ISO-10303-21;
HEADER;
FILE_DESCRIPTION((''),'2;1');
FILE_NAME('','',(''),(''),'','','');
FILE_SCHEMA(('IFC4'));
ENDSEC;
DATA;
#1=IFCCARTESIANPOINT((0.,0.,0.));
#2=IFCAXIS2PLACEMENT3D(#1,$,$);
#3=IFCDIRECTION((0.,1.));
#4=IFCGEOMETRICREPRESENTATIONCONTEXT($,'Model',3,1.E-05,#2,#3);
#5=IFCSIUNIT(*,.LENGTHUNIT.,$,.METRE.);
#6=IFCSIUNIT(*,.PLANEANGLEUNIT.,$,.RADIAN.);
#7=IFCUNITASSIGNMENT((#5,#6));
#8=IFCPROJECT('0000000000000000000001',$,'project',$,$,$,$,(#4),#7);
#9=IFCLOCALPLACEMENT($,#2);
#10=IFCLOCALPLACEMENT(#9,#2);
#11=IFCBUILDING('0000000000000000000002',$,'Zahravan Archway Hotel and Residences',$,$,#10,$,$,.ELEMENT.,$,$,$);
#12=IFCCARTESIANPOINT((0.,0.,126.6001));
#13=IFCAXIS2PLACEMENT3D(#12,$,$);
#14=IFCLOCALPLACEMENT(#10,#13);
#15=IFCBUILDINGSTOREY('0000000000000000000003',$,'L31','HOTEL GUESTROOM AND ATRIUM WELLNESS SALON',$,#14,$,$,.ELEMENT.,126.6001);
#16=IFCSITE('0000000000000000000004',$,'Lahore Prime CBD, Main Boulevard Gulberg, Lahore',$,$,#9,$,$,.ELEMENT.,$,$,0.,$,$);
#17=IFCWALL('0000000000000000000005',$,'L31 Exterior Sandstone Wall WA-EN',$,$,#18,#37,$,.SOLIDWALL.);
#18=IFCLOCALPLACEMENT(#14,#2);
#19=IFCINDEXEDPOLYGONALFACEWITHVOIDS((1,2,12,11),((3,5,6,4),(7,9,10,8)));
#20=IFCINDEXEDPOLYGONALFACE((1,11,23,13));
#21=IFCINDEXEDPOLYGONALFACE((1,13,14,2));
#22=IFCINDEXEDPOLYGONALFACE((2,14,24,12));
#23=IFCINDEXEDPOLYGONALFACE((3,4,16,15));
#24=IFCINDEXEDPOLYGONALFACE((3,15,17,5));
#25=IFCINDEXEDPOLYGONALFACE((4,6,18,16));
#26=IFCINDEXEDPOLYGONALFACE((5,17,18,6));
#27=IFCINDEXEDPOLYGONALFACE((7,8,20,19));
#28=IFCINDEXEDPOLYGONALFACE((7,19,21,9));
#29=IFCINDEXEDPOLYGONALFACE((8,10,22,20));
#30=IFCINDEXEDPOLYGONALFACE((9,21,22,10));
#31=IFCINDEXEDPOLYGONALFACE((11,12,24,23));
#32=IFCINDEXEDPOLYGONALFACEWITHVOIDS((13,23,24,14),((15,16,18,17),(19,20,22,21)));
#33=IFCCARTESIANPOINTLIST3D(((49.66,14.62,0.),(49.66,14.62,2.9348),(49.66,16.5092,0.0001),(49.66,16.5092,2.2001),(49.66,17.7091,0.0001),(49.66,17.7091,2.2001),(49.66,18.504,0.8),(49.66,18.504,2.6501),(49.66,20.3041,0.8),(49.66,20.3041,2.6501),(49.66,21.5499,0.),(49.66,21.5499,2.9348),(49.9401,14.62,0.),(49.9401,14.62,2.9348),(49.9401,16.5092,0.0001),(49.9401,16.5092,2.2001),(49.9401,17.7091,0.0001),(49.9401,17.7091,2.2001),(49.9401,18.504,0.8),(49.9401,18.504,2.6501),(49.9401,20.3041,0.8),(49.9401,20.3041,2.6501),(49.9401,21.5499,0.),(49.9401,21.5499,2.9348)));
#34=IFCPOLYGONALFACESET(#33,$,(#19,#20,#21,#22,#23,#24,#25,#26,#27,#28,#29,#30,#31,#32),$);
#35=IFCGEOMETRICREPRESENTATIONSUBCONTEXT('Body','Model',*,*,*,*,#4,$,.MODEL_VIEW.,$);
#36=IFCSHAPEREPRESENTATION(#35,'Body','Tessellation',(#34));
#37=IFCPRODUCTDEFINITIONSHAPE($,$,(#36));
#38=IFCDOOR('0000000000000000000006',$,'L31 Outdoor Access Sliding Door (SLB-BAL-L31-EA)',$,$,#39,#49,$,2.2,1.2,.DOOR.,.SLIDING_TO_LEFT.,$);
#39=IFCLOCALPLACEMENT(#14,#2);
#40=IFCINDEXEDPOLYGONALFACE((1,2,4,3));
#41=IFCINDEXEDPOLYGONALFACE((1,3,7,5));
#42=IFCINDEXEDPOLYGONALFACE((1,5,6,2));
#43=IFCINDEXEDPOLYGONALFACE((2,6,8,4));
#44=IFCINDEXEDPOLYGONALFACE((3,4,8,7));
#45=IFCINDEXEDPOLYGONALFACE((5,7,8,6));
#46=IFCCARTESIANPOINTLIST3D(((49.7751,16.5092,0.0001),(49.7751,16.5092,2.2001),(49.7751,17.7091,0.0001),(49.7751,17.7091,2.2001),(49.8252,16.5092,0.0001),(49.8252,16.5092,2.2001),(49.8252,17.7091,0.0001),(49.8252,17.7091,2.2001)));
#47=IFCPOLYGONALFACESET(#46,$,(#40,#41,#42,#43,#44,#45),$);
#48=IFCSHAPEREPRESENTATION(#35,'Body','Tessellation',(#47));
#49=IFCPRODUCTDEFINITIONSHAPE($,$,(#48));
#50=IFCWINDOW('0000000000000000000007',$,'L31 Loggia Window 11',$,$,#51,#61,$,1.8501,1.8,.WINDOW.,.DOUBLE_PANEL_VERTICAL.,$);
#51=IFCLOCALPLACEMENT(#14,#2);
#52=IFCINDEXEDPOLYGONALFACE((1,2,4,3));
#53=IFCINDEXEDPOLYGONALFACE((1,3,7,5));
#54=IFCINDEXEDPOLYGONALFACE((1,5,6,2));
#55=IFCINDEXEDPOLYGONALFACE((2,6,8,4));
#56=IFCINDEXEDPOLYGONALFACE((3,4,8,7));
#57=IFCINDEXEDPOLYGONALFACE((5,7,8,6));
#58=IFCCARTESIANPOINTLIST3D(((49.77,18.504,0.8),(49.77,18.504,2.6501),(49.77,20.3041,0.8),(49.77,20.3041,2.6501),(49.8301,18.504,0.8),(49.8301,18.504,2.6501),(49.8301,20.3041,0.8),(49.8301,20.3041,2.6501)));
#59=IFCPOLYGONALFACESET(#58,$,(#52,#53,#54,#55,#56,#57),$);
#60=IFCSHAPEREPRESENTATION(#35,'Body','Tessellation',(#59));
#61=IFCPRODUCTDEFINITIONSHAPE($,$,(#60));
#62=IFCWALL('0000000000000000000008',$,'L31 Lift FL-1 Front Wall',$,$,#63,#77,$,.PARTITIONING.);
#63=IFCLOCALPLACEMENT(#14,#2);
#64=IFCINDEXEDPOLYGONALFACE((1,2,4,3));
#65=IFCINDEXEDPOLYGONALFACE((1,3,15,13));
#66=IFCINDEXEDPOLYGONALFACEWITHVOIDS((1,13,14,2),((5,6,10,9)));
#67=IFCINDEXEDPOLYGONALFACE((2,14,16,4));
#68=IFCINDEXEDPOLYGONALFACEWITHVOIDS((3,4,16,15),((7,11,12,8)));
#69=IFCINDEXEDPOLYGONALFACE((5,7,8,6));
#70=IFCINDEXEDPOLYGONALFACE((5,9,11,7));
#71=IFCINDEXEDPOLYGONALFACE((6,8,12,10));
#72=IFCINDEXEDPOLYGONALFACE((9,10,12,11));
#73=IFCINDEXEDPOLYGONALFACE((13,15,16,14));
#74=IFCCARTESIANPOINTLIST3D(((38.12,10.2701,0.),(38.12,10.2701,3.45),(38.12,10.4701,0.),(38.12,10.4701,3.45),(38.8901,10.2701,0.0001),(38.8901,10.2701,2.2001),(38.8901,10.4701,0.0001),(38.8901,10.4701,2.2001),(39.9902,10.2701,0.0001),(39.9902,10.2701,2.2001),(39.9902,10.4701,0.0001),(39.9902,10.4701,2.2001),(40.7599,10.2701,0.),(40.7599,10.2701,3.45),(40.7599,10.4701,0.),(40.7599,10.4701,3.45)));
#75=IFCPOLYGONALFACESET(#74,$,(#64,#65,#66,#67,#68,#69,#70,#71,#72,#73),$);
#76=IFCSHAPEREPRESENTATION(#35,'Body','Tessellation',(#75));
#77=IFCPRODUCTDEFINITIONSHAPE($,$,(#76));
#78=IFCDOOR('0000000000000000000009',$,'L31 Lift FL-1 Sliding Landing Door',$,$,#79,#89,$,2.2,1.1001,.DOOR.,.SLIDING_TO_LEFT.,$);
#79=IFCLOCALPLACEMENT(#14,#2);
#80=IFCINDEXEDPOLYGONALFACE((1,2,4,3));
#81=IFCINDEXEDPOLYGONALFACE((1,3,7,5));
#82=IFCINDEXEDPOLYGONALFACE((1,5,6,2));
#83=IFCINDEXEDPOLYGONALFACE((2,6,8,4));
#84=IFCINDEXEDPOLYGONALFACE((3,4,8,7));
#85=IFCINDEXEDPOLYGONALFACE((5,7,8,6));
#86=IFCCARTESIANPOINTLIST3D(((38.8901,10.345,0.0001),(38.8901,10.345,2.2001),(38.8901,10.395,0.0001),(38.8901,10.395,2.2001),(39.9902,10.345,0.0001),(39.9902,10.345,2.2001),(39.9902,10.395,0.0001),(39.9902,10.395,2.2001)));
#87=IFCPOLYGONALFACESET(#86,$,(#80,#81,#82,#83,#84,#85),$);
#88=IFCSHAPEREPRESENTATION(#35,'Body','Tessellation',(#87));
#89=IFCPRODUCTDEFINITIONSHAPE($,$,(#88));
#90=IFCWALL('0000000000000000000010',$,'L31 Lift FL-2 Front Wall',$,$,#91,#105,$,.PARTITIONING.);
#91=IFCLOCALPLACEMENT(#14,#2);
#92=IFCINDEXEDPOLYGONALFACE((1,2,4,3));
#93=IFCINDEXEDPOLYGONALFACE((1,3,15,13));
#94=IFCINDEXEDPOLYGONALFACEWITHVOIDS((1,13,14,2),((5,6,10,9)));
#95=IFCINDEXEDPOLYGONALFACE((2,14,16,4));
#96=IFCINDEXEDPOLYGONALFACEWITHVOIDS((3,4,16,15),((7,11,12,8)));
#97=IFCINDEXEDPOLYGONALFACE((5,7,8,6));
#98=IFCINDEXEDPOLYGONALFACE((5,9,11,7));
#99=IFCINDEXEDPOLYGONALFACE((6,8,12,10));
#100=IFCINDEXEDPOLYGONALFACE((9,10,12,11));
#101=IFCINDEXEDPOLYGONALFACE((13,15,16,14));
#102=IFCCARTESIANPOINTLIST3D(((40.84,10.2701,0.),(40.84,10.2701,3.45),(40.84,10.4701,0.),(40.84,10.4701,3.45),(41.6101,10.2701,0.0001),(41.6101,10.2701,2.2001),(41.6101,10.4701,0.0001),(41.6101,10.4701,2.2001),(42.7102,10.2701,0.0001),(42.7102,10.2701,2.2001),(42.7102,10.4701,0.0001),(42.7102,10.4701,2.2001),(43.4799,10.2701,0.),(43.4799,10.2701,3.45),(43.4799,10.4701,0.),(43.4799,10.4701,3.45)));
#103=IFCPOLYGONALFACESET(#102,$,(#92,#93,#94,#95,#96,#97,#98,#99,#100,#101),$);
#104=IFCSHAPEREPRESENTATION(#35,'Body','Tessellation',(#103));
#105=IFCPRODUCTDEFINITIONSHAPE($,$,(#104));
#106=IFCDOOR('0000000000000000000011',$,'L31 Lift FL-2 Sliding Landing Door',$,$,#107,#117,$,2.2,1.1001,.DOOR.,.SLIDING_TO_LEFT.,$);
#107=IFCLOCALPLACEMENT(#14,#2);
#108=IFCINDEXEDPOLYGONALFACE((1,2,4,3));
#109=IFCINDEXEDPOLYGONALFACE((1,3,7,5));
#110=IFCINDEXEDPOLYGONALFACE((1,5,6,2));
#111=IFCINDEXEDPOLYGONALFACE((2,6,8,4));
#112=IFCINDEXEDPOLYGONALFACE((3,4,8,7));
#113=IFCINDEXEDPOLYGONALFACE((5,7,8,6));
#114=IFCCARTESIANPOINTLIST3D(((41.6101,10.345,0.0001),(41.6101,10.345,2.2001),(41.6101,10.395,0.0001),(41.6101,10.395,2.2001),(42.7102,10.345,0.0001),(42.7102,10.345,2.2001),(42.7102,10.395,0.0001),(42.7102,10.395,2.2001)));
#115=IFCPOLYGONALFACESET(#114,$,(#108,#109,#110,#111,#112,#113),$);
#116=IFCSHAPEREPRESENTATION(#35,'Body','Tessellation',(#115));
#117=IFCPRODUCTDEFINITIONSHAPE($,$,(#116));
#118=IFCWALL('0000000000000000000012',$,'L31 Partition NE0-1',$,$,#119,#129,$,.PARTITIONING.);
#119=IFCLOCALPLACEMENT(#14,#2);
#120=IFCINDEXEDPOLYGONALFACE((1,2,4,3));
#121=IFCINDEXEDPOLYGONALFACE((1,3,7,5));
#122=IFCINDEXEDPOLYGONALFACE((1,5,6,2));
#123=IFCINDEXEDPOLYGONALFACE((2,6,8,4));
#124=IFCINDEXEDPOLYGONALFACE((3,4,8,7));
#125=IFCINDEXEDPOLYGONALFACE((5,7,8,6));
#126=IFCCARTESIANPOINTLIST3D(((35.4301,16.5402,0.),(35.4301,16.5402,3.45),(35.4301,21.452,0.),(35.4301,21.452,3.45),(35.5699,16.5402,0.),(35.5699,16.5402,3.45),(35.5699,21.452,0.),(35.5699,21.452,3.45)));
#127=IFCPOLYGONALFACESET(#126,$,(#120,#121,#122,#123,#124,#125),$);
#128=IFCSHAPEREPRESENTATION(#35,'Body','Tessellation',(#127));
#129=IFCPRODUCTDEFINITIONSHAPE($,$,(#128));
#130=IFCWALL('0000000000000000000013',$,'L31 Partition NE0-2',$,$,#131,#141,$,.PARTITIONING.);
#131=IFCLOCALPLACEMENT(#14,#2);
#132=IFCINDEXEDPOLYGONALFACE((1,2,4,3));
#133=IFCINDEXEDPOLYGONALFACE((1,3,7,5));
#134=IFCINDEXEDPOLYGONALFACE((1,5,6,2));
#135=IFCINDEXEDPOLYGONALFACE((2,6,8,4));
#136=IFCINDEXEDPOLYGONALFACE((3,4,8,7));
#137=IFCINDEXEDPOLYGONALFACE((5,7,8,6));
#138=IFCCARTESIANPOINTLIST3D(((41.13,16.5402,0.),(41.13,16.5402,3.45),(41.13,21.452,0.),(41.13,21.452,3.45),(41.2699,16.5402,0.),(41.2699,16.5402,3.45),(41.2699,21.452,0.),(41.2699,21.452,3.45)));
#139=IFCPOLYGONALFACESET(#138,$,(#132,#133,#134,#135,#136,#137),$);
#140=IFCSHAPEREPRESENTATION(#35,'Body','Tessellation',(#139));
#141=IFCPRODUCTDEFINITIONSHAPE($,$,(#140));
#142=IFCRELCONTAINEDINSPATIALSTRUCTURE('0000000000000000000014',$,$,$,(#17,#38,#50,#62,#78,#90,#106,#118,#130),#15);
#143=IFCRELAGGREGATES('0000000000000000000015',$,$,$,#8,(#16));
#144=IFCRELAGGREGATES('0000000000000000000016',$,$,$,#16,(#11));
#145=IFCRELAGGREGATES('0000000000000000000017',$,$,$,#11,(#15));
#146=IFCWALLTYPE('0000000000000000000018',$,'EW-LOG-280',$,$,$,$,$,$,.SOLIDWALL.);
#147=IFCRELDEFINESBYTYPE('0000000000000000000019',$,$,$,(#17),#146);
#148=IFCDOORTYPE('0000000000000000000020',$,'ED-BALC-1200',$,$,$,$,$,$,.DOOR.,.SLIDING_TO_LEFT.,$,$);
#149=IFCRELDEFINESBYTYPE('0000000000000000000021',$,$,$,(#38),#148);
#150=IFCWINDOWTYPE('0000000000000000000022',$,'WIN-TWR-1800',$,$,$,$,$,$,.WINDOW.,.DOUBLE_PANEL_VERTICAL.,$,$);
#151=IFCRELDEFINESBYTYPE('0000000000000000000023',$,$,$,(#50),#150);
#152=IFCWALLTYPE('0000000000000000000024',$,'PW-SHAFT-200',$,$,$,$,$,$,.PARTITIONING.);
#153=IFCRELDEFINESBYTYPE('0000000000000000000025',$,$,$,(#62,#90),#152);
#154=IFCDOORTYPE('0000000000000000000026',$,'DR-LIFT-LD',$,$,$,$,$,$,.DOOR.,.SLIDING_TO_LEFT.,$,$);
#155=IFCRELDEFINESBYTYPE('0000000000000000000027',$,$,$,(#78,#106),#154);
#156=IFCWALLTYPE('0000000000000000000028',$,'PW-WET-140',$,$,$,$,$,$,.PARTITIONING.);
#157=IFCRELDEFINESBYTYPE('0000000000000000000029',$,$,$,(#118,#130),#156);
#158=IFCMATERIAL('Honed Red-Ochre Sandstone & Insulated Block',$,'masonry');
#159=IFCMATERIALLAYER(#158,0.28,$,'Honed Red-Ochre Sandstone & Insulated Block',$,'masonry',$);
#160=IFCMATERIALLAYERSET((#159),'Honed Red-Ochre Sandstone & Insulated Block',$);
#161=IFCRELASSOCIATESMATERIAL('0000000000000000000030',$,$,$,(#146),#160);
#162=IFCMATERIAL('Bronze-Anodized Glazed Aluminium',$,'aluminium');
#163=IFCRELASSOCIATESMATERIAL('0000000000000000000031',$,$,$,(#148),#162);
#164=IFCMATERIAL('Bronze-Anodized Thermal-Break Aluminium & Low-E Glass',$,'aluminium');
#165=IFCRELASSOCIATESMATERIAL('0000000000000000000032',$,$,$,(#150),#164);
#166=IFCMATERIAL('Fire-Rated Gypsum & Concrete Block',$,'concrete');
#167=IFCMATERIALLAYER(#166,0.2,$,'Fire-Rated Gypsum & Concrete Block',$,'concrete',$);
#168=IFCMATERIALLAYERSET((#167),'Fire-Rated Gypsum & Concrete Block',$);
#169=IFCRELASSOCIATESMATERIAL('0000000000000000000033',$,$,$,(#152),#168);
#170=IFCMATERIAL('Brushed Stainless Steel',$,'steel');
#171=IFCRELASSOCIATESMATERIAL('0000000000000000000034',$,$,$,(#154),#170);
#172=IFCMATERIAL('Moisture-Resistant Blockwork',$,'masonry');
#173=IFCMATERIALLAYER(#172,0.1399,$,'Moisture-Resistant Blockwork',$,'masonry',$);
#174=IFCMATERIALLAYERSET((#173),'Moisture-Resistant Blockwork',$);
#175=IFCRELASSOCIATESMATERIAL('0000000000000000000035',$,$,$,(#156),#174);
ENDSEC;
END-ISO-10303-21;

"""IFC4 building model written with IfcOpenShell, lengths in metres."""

from ifc_helpers import new_model, si_unit, direction, frame, frame_2d, origin, place, context, subcontext, project, spatial, rectangle, extrude, source, transform, mapped, material, layer, layer_set, type_object, type_shapes, element, fill, save


model = new_model("IFC4")

# Units and contexts
model_context = context("Model", 3, precision=1e-05, world=origin(), true_north=direction((0.0, 1.0)))
body_context = subcontext(model_context, "Body", "Model", "MODEL_VIEW")
ifc_project = project(units=[si_unit("LENGTHUNIT", "METRE"), si_unit("PLANEANGLEUNIT", "RADIAN")], contexts=[model_context])

# Site, building, storey
site_placement = place(None, origin())
site = spatial("IfcSite", under=ifc_project, at=site_placement, Name="Lahore Prime CBD, Main Boulevard Gulberg, Lahore", CompositionType="ELEMENT", RefElevation=0.0)
building_placement = place(site_placement, origin())
building = spatial("IfcBuilding", under=site, at=building_placement, Name="Zahravan Archway Hotel and Residences", CompositionType="ELEMENT")
storey_placement = place(building_placement, frame((0.0, 0.0, 126.6001)))
storey = spatial("IfcBuildingStorey", under=building, at=storey_placement, Name="L31", Description="HOTEL GUESTROOM AND ATRIUM WELLNESS SALON", CompositionType="ELEMENT", Elevation=126.6001)

# Wall, openings, door, window
ifc_material_1 = material(Name="Honed Red-Ochre Sandstone & Insulated Block", Category="masonry")
ifc_layer_1 = layer(ifc_material_1, 0.28, Name="Honed Red-Ochre Sandstone & Insulated Block", Category="masonry")
ifc_layer_set_1 = layer_set([ifc_layer_1], Name="Honed Red-Ochre Sandstone & Insulated Block")
wall_type_1 = type_object("IfcWallType", Name="EW-LOG-280", PredefinedType="SOLIDWALL", material=ifc_layer_set_1)
wall_1_placement = place(storey_placement, frame((49.8, 14.6201, 0.0), z_axis=(0.0, 0.0, 1.0), x_axis=(0.0, 1.0, 0.0)))
wall_1 = element("IfcWall", 1, at=wall_1_placement, inside=storey, type_object=wall_type_1, Name="L31 Exterior Sandstone Wall WA-EN", PredefinedType="SOLIDWALL", context=body_context, shape_type="SweptSolid", body=[
    extrude(rectangle(XDim=6.9299, YDim=0.28, at=frame_2d((3.4648, 0.0))), origin(), (0.0, 0.0, 1.0), 2.9348),
])
opening_1_placement = place(wall_1_placement, frame((1.8889, 0.0, 0.0)))
opening_1 = element("IfcOpeningElement", 2, at=opening_1_placement, cuts=wall_1, PredefinedType="OPENING", context=body_context, shape_type="SweptSolid", body=[
    extrude(rectangle(XDim=1.2, YDim=2.2, at=frame_2d((0.6001, 1.1001))), frame((0.0, 0.1499, 0.0), z_axis=(0.0, -1.0, 0.0), x_axis=(1.0, 0.0, 0.0)), (0.0, 0.0, 1.0), 0.3),
])
opening_2_placement = place(wall_1_placement, frame((3.884, 0.0, 0.8)))
opening_2 = element("IfcOpeningElement", 3, at=opening_2_placement, cuts=wall_1, PredefinedType="OPENING", context=body_context, shape_type="SweptSolid", body=[
    extrude(rectangle(XDim=1.8, YDim=1.8501, at=frame_2d((0.8999, 0.925))), frame((0.0, 0.1499, 0.0), z_axis=(0.0, -1.0, 0.0), x_axis=(1.0, 0.0, 0.0)), (0.0, 0.0, 1.0), 0.3),
])
ifc_material_2 = material(Name="Bronze-Anodized Glazed Aluminium", Category="aluminium")
door_type_1 = type_object("IfcDoorType", Name="ED-BALC-1200", OperationType="SLIDING_TO_LEFT", PredefinedType="DOOR", material=ifc_material_2)
shared_shape_1 = source(origin(), body_context, "Body", "SweptSolid", [
    extrude(rectangle(XDim=1.2, YDim=2.2, at=frame_2d((0.6001, 1.1001))), frame((0.0, 0.0249, 0.0), z_axis=(0.0, -1.0, 0.0), x_axis=(1.0, 0.0, 0.0)), (0.0, 0.0, 1.0), 0.05),
])
type_shapes(door_type_1, [shared_shape_1])
door_1_placement = place(opening_1_placement, origin())
door_1 = element("IfcDoor", 4, at=door_1_placement, inside=storey, type_object=door_type_1, Name="L31 Outdoor Access Sliding Door (SLB-BAL-L31-EA)", OperationType="SLIDING_TO_LEFT", OverallHeight=2.2, OverallWidth=1.2, PredefinedType="DOOR", context=body_context, shape_type="MappedRepresentation", body=[
    mapped(shared_shape_1, transform((0.0, 0.0, 0.0), scale=1.0)),
])
fill(opening_1, door_1)
ifc_material_3 = material(Name="Bronze-Anodized Thermal-Break Aluminium & Low-E Glass", Category="aluminium")
window_type = type_object("IfcWindowType", Name="WIN-TWR-1800", PartitioningType="DOUBLE_PANEL_VERTICAL", PredefinedType="WINDOW", material=ifc_material_3)
shared_shape_2 = source(origin(), body_context, "Body", "SweptSolid", [
    extrude(rectangle(XDim=1.8, YDim=1.8501, at=frame_2d((0.8999, 0.925))), frame((0.0, 0.03, 0.0), z_axis=(0.0, -1.0, 0.0), x_axis=(1.0, 0.0, 0.0)), (0.0, 0.0, 1.0), 0.0601),
])
type_shapes(window_type, [shared_shape_2])
window_placement = place(opening_2_placement, origin())
window = element("IfcWindow", 5, at=window_placement, inside=storey, type_object=window_type, Name="L31 Loggia Window 11", OverallHeight=1.8501, OverallWidth=1.8, PartitioningType="DOUBLE_PANEL_VERTICAL", PredefinedType="WINDOW", context=body_context, shape_type="MappedRepresentation", body=[
    mapped(shared_shape_2, transform((0.0, 0.0, 0.0), scale=1.0)),
])
fill(opening_2, window)

# Walls, openings, doors
ifc_material_4 = material(Name="Fire-Rated Gypsum & Concrete Block", Category="concrete")
ifc_layer_2 = layer(ifc_material_4, 0.2, Name="Fire-Rated Gypsum & Concrete Block", Category="concrete")
ifc_layer_set_2 = layer_set([ifc_layer_2], Name="Fire-Rated Gypsum & Concrete Block")
wall_type_2 = type_object("IfcWallType", Name="PW-SHAFT-200", PredefinedType="PARTITIONING", material=ifc_layer_set_2)
wall_2_placement = place(storey_placement, frame((38.1201, 10.3701, 0.0), z_axis=(0.0, 0.0, 1.0), x_axis=(1.0, 0.0, 0.0)))
wall_2 = element("IfcWall", 6, at=wall_2_placement, inside=storey, type_object=wall_type_2, Name="L31 Lift FL-1 Front Wall", PredefinedType="PARTITIONING", context=body_context, shape_type="SweptSolid", body=[
    extrude(rectangle(XDim=2.6399, YDim=0.2, at=frame_2d((1.3198, 0.0))), origin(), (0.0, 0.0, 1.0), 3.45),
])
opening_3_placement = place(wall_2_placement, frame((0.77, 0.0, 0.0)))
opening_3 = element("IfcOpeningElement", 7, at=opening_3_placement, cuts=wall_2, PredefinedType="OPENING", context=body_context, shape_type="SweptSolid", body=[
    extrude(rectangle(XDim=1.1001, YDim=2.2, at=frame_2d((0.55, 1.1001))), frame((0.0, 0.1099, 0.0), z_axis=(0.0, -1.0, 0.0), x_axis=(1.0, 0.0, 0.0)), (0.0, 0.0, 1.0), 0.22),
])
ifc_material_5 = material(Name="Brushed Stainless Steel", Category="steel")
door_type_2 = type_object("IfcDoorType", Name="DR-LIFT-LD", OperationType="SLIDING_TO_LEFT", PredefinedType="DOOR", material=ifc_material_5)
shared_shape_3 = source(origin(), body_context, "Body", "SweptSolid", [
    extrude(rectangle(XDim=1.1001, YDim=2.2, at=frame_2d((0.55, 1.1001))), frame((0.0, 0.0249, 0.0), z_axis=(0.0, -1.0, 0.0), x_axis=(1.0, 0.0, 0.0)), (0.0, 0.0, 1.0), 0.05),
])
type_shapes(door_type_2, [shared_shape_3])
door_2_placement = place(opening_3_placement, origin())
door_2 = element("IfcDoor", 8, at=door_2_placement, inside=storey, type_object=door_type_2, Name="L31 Lift FL-1 Sliding Landing Door", OperationType="SLIDING_TO_LEFT", OverallHeight=2.2, OverallWidth=1.1001, PredefinedType="DOOR", context=body_context, shape_type="MappedRepresentation", body=[
    mapped(shared_shape_3, transform((0.0, 0.0, 0.0), scale=1.0)),
])
fill(opening_3, door_2)
wall_3_placement = place(storey_placement, frame((40.8401, 10.3701, 0.0), z_axis=(0.0, 0.0, 1.0), x_axis=(1.0, 0.0, 0.0)))
wall_3 = element("IfcWall", 9, at=wall_3_placement, inside=storey, type_object=wall_type_2, Name="L31 Lift FL-2 Front Wall", PredefinedType="PARTITIONING", context=body_context, shape_type="SweptSolid", body=[
    extrude(rectangle(XDim=2.6399, YDim=0.2, at=frame_2d((1.3198, 0.0))), origin(), (0.0, 0.0, 1.0), 3.45),
])
opening_4_placement = place(wall_3_placement, frame((0.77, 0.0, 0.0)))
opening_4 = element("IfcOpeningElement", 10, at=opening_4_placement, cuts=wall_3, PredefinedType="OPENING", context=body_context, shape_type="SweptSolid", body=[
    extrude(rectangle(XDim=1.1001, YDim=2.2, at=frame_2d((0.55, 1.1001))), frame((0.0, 0.1099, 0.0), z_axis=(0.0, -1.0, 0.0), x_axis=(1.0, 0.0, 0.0)), (0.0, 0.0, 1.0), 0.22),
])
door_3_placement = place(opening_4_placement, origin())
door_3 = element("IfcDoor", 11, at=door_3_placement, inside=storey, type_object=door_type_2, Name="L31 Lift FL-2 Sliding Landing Door", OperationType="SLIDING_TO_LEFT", OverallHeight=2.2, OverallWidth=1.1001, PredefinedType="DOOR", context=body_context, shape_type="MappedRepresentation", body=[
    mapped(shared_shape_3, transform((0.0, 0.0, 0.0), scale=1.0)),
])
fill(opening_4, door_3)

# Walls
ifc_material_6 = material(Name="Moisture-Resistant Blockwork", Category="masonry")
ifc_layer_3 = layer(ifc_material_6, 0.1399, Name="Moisture-Resistant Blockwork", Category="masonry")
ifc_layer_set_3 = layer_set([ifc_layer_3], Name="Moisture-Resistant Blockwork")
wall_type_3 = type_object("IfcWallType", Name="PW-WET-140", PredefinedType="PARTITIONING", material=ifc_layer_set_3)
for number, where, z_axis, x_axis, name in (
    (12, (35.5, 16.54, 0.0), (0.0, 0.0, 1.0), (0.0, 1.0, 0.0), "L31 Partition NE0-1"),
    (13, (41.2, 16.54, 0.0), (0.0, 0.0, 1.0), (0.0, 1.0, 0.0), "L31 Partition NE0-2"),
):
    element("IfcWall", number, at=place(storey_placement, frame(where, z_axis=z_axis, x_axis=x_axis)), inside=storey, type_object=wall_type_3, Name=name, PredefinedType="PARTITIONING", context=body_context, shape_type="SweptSolid", body=[
        extrude(rectangle(XDim=4.9119, YDim=0.1399, at=frame_2d((2.4561, 0.0))), origin(), (0.0, 0.0, 1.0), 3.45),
    ])

save(model, "model.ifc")
